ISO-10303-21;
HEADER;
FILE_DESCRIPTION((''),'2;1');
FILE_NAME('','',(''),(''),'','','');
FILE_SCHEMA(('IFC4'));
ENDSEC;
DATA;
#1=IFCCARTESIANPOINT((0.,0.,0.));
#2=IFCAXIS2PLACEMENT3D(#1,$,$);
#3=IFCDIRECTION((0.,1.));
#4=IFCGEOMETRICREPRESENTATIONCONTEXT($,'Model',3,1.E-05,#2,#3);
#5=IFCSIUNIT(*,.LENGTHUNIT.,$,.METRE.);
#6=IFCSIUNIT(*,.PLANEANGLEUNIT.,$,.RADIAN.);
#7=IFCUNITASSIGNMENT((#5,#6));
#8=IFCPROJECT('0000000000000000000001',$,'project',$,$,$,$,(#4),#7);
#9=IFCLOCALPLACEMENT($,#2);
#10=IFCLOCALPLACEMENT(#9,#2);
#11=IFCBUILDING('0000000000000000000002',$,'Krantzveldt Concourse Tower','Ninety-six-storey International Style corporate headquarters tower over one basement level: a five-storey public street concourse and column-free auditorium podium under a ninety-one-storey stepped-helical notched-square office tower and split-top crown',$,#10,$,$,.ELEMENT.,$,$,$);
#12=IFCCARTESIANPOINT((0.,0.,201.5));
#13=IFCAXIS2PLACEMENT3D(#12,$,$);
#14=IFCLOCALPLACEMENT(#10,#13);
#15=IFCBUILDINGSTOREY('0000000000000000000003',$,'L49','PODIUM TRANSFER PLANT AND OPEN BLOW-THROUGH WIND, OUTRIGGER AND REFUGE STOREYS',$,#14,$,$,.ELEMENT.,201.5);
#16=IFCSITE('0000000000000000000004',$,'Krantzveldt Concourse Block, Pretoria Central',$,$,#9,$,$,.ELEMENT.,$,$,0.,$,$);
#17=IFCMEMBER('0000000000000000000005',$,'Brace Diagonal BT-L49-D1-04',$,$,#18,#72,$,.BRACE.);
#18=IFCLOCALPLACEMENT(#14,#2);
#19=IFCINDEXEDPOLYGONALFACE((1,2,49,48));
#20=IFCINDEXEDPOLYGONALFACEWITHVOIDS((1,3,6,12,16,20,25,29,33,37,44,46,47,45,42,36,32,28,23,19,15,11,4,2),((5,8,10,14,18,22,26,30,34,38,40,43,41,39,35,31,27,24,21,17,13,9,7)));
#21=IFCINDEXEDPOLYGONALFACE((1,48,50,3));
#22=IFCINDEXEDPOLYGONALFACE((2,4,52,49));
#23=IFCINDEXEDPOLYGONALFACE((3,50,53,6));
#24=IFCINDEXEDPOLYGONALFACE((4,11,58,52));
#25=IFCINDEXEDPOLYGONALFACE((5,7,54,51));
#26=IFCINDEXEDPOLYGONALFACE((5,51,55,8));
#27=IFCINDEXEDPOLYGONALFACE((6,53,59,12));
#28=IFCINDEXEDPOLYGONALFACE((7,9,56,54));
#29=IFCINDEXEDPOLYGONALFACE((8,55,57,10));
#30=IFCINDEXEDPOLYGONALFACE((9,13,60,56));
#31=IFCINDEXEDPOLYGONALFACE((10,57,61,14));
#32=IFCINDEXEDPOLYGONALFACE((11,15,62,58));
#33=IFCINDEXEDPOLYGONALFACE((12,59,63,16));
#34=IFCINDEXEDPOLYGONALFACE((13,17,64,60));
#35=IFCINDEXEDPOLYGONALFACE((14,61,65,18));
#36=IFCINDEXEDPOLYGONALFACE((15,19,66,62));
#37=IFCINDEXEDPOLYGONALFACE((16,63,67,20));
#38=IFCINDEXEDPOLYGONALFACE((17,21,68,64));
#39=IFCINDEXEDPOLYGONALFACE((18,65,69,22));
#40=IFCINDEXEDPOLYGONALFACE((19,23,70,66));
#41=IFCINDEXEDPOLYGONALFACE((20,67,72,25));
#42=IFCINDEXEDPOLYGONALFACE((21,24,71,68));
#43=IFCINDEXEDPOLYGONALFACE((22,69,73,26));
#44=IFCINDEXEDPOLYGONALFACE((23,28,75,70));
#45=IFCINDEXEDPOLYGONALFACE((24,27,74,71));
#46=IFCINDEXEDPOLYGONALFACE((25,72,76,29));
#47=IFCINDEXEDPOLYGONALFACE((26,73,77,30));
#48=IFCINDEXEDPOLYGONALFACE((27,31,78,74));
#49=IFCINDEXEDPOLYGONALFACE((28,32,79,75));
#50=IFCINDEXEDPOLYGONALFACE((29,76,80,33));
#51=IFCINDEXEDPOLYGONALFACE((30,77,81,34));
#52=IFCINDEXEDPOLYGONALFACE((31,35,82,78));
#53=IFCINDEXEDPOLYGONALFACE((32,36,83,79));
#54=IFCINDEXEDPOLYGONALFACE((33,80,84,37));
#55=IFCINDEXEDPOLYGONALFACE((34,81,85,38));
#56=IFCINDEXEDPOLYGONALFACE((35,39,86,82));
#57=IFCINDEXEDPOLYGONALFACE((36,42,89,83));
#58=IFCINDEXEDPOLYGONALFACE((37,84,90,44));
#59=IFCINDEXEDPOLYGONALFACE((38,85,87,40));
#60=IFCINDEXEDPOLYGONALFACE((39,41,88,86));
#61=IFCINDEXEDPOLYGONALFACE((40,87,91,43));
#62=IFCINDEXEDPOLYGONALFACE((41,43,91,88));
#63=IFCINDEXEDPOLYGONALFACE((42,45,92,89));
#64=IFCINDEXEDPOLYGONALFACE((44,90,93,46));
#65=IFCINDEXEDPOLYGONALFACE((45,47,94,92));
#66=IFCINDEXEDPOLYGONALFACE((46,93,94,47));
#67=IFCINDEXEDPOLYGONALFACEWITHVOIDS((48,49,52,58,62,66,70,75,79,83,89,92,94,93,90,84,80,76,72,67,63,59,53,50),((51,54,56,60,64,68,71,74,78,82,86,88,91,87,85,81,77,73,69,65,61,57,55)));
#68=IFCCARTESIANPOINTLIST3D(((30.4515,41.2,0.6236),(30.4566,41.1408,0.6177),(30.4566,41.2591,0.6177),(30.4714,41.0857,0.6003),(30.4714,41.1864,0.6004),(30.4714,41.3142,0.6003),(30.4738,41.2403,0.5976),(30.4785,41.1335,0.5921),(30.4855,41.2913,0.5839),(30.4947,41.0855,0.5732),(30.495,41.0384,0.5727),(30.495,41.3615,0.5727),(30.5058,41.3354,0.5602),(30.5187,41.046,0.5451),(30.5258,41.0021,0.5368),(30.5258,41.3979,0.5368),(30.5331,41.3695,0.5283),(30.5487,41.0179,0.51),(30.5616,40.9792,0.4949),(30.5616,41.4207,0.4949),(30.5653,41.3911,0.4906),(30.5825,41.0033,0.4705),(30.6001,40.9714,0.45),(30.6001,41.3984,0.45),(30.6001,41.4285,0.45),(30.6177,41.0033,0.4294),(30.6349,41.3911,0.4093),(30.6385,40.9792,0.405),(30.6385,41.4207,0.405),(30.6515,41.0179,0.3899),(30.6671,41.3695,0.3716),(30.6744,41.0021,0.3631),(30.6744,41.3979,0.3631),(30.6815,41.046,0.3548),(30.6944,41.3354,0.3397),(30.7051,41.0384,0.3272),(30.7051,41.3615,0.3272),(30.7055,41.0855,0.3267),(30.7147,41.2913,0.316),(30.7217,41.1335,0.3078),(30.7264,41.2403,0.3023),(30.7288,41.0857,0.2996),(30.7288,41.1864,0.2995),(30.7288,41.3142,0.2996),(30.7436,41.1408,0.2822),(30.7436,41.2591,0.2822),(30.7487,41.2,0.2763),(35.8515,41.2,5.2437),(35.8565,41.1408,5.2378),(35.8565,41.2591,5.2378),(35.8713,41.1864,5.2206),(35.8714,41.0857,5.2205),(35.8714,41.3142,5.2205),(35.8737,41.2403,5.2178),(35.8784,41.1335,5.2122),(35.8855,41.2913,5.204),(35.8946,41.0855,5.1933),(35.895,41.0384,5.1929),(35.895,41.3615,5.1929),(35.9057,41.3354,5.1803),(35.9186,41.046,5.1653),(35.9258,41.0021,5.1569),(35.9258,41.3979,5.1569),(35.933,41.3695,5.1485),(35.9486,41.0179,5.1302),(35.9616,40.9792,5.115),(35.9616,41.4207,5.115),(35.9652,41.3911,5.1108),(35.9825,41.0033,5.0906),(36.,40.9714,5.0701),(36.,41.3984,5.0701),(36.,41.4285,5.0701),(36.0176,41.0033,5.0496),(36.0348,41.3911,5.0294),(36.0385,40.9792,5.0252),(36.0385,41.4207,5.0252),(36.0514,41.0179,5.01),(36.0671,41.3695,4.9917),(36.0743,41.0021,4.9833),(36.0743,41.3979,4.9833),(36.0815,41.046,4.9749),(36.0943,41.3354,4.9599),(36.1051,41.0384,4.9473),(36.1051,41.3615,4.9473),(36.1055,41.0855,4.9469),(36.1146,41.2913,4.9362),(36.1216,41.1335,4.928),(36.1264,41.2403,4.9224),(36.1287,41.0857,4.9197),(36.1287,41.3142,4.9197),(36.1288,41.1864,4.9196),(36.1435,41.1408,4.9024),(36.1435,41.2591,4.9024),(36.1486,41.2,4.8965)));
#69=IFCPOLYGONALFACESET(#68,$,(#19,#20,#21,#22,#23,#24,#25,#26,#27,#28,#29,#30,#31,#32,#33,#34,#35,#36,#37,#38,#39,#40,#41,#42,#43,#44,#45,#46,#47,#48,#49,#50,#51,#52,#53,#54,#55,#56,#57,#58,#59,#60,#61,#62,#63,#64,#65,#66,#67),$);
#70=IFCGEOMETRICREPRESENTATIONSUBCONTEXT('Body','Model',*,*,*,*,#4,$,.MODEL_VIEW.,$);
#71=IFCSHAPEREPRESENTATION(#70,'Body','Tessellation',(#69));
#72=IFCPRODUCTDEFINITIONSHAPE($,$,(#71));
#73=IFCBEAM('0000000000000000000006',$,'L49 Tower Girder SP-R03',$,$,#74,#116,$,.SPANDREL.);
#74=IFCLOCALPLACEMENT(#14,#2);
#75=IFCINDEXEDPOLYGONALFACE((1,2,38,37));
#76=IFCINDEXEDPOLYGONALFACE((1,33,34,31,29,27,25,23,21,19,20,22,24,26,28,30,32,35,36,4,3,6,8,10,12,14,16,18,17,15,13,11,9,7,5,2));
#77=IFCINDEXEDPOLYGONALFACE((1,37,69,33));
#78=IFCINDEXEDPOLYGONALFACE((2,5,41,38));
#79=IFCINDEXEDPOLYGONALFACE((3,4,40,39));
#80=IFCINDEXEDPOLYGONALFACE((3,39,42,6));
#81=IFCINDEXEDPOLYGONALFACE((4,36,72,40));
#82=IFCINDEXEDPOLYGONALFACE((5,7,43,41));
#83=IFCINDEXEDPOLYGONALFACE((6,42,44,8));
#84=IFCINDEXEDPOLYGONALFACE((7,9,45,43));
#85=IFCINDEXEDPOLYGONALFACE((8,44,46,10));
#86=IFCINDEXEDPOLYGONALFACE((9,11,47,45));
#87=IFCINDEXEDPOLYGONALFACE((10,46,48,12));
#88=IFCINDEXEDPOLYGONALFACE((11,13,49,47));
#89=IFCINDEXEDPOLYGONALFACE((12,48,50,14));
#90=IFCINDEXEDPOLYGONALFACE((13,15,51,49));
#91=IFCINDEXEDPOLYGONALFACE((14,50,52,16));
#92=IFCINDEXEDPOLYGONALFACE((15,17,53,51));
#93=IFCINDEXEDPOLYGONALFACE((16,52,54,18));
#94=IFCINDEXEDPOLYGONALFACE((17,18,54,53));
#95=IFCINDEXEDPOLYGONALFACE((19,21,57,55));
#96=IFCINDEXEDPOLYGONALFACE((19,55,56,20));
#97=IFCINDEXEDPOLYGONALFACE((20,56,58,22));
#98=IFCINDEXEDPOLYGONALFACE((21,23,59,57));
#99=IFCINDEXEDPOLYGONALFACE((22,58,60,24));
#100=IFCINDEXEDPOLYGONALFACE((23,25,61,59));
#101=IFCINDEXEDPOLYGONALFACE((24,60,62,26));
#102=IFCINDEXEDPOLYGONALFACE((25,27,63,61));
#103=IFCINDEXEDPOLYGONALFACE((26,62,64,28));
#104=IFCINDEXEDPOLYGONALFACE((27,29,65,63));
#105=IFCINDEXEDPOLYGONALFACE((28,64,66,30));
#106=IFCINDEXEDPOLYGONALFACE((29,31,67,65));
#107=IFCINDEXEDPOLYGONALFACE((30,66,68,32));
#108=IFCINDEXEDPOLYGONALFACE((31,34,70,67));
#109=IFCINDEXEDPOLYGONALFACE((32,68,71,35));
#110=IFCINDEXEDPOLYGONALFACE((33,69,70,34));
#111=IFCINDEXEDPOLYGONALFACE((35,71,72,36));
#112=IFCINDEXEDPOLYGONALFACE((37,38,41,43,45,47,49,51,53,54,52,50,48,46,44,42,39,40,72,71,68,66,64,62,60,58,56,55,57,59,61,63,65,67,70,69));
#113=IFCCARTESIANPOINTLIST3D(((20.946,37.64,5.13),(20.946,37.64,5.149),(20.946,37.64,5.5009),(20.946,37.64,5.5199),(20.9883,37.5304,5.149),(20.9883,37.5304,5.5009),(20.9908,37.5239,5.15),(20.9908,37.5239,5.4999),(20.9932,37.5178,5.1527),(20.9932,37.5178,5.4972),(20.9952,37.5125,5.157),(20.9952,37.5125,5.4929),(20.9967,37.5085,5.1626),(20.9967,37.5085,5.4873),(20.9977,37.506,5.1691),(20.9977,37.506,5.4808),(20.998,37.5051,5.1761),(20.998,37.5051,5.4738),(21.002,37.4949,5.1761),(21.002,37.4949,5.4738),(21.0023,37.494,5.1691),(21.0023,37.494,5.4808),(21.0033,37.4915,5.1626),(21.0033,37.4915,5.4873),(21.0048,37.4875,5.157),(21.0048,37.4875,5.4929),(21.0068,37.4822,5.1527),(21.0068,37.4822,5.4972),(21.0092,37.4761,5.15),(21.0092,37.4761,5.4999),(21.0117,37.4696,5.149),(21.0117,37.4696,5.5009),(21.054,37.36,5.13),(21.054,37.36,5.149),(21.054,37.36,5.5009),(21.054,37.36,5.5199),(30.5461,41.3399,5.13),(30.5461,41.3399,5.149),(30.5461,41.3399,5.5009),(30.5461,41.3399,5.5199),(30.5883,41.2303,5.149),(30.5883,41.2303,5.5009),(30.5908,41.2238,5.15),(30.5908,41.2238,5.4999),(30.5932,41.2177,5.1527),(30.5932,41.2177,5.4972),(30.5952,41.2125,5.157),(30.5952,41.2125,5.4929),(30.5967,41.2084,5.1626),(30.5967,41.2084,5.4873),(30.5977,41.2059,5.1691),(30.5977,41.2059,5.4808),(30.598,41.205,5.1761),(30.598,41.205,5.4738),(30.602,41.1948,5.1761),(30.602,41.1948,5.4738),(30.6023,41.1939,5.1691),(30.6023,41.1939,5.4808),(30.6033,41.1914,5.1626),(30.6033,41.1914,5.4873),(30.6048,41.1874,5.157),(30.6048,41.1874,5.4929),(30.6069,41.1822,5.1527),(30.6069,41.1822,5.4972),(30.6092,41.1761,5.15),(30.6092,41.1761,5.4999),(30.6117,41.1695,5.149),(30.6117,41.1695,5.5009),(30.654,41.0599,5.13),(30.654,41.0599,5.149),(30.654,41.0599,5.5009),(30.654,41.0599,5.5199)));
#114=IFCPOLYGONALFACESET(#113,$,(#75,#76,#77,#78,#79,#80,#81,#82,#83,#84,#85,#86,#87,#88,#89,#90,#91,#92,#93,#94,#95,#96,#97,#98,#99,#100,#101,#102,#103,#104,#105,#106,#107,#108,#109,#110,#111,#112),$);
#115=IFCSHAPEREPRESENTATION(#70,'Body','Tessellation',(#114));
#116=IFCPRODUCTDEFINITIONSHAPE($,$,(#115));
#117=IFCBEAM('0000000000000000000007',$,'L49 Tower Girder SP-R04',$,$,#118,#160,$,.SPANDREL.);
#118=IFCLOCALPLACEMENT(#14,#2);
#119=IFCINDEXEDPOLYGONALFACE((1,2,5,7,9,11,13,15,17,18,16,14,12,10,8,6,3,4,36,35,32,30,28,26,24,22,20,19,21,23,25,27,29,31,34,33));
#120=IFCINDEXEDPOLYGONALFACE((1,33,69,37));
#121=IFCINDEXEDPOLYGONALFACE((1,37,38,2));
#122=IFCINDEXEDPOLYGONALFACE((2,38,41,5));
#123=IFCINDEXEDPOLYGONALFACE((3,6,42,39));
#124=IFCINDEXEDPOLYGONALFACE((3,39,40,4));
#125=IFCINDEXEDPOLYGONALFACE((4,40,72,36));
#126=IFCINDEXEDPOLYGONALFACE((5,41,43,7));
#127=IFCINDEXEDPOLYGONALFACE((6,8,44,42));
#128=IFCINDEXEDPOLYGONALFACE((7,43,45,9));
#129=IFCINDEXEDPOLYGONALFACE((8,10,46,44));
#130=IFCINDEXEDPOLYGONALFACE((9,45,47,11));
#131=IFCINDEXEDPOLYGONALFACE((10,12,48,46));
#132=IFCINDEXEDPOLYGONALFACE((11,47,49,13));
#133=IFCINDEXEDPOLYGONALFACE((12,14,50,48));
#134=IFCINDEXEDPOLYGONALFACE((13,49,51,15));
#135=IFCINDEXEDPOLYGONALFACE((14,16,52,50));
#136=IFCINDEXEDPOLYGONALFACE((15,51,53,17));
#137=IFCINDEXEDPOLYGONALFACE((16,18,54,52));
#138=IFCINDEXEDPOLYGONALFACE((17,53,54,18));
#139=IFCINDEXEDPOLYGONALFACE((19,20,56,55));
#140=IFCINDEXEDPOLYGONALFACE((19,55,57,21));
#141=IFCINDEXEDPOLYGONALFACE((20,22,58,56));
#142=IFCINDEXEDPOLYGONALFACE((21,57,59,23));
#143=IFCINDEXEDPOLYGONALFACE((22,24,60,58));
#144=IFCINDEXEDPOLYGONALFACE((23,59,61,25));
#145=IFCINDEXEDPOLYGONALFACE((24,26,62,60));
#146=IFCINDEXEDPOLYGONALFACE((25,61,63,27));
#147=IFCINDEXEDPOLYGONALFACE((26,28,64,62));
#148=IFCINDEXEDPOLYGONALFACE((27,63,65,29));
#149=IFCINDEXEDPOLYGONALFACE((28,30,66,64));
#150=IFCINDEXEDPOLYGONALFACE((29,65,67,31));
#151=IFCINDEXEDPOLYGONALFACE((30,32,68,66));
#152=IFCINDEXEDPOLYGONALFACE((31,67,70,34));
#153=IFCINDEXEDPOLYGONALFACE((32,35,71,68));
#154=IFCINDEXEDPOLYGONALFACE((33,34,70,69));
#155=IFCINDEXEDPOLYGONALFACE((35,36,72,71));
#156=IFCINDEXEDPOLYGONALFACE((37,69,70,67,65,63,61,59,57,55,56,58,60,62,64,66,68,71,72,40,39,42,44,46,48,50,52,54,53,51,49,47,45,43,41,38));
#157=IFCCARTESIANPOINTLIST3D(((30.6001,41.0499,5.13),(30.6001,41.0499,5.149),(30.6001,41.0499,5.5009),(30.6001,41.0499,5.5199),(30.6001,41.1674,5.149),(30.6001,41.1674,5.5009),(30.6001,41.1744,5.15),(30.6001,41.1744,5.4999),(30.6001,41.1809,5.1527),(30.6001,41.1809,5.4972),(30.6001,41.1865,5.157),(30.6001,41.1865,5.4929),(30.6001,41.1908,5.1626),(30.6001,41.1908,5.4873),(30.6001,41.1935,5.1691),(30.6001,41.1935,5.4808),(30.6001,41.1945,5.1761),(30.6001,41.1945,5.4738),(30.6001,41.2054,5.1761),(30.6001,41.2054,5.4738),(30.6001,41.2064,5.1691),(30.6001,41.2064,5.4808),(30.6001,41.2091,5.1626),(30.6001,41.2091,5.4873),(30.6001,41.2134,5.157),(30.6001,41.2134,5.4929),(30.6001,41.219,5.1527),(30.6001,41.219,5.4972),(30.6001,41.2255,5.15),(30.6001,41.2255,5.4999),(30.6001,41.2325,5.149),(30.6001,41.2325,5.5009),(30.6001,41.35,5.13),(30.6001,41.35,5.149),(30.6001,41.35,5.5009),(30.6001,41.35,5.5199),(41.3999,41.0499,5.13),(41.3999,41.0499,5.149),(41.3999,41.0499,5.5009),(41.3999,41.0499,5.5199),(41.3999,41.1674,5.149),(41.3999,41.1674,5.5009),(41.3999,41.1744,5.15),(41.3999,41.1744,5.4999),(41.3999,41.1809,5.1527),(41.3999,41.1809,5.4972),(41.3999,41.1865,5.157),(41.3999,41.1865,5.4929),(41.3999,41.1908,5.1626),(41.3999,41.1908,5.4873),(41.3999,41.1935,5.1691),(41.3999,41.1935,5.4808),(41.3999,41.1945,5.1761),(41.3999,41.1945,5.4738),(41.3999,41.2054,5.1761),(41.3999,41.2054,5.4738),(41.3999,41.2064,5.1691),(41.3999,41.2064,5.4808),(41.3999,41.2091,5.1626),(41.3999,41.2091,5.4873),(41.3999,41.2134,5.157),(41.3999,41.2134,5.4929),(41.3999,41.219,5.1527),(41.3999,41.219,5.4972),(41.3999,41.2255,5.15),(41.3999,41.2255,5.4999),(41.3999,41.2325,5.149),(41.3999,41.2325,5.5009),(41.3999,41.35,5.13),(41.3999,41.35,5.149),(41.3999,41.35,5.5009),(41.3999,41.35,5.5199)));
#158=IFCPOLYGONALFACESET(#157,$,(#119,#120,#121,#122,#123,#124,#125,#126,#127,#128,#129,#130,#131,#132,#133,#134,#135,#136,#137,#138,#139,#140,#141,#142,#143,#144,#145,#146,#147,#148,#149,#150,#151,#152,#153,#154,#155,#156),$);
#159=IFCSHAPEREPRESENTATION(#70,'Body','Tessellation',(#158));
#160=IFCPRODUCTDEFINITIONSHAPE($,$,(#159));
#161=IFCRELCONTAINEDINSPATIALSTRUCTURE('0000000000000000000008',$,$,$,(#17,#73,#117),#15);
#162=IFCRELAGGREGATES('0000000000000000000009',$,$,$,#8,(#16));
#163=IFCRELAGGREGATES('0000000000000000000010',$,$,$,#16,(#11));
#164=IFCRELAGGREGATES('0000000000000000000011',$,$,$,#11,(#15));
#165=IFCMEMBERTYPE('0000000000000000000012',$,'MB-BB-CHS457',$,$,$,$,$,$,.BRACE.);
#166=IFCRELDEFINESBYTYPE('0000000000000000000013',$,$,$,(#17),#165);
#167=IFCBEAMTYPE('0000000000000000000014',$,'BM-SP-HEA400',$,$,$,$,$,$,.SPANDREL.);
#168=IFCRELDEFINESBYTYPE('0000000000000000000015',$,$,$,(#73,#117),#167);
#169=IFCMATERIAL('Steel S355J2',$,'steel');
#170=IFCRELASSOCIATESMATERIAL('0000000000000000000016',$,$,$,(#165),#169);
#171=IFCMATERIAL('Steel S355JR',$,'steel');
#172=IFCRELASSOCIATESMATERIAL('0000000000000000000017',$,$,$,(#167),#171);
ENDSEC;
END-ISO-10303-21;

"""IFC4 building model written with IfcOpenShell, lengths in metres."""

from ifc_helpers import new_model, si_unit, direction, frame, origin, origin_2d, place, context, subcontext, project, spatial, hollow_circle, i_section, extrude, source, transform, mapped, material, material_profile, profile_set, type_object, type_shapes, element, save


model = new_model("IFC4")

# Units and contexts
model_context = context("Model", 3, precision=1e-05, world=origin(), true_north=direction((0.0, 1.0)))
body_context = subcontext(model_context, "Body", "Model", "MODEL_VIEW")
ifc_project = project(units=[si_unit("LENGTHUNIT", "METRE"), si_unit("PLANEANGLEUNIT", "RADIAN")], contexts=[model_context])

# Site, building, storey
site_placement = place(None, origin())
site = spatial("IfcSite", under=ifc_project, at=site_placement, Name="Krantzveldt Concourse Block, Pretoria Central", CompositionType="ELEMENT", RefElevation=0.0)
building_placement = place(site_placement, origin())
building = spatial("IfcBuilding", under=site, at=building_placement, Name="Krantzveldt Concourse Tower", Description="Ninety-six-storey International Style corporate headquarters tower over one basement level: a five-storey public street concourse and column-free auditorium podium under a ninety-one-storey stepped-helical notched-square office tower and split-top crown", CompositionType="ELEMENT")
storey_placement = place(building_placement, frame((0.0, 0.0, 201.5)))
storey = spatial("IfcBuildingStorey", under=building, at=storey_placement, Name="L49", Description="PODIUM TRANSFER PLANT AND OPEN BLOW-THROUGH WIND, OUTRIGGER AND REFUGE STOREYS", CompositionType="ELEMENT", Elevation=201.5)

# Shared definitions
ifc_material_1 = material(Name="Steel S355JR", Category="steel")

# Member
ifc_material_2 = material(Name="Steel S355J2", Category="steel")
ifc_material_profile_1 = material_profile(ifc_material_2, hollow_circle(Radius=0.2285, WallThickness=0.03, at=origin_2d()), Name="Steel S355J2", Category="steel")
ifc_profile_set_1 = profile_set([ifc_material_profile_1], Name="Steel S355J2 - CHS 457x30")
member_type_1 = type_object("IfcMemberType", Name="MB-BB-CHS457", PredefinedType="BRACE", material=ifc_profile_set_1)
shared_shape_1 = source(origin(), body_context, "Body", "SweptSolid", [
    extrude(hollow_circle(Radius=0.2285, WallThickness=0.03, at=origin_2d()), origin(), (0.0, 0.0, 1.0), 7.1067),
])
member_1_placement = place(storey_placement, frame((30.6001, 41.2, 0.45), z_axis=(0.759838, 0.0, 0.650112), x_axis=(0.0, 1.0, 0.0)))
element("IfcMember", 1, at=member_1_placement, inside=storey, type_object=member_type_1, Name="Brace Diagonal BT-L49-D1-04", PredefinedType="BRACE", context=body_context, shape_type="MappedRepresentation", body=[
    mapped(shared_shape_1, transform((0.0, 0.0, 0.0), x_axis=(1.0, 0.0, 0.0), y_axis=(0.0, 1.0, 0.0), z_axis=(0.0, 0.0, 1.0), scale=1.0)),
])

# Beams
ifc_material_profile_2 = material_profile(ifc_material_1, i_section(OverallWidth=0.3, OverallDepth=0.3899, WebThickness=0.011, FlangeThickness=0.019, FilletRadius=0.0271, at=origin_2d()), Name="Steel S355JR", Category="steel")
ifc_profile_set_2 = profile_set([ifc_material_profile_2], Name="Steel S355JR - HEA 400")
beam_type_1 = type_object("IfcBeamType", Name="BM-SP-HEA400", PredefinedType="SPANDREL", material=ifc_profile_set_2)
shared_shape_2 = source(origin(), body_context, "Body", "SweptSolid", [
    extrude(i_section(OverallWidth=0.3, OverallDepth=0.3899, WebThickness=0.011, FlangeThickness=0.019, FilletRadius=0.0271, at=origin_2d()), origin(), (0.0, 0.0, 1.0), 10.2883),
])
beam_1_placement = place(storey_placement, frame((21.0, 37.5, 5.325), z_axis=(0.933098, 0.359623, 0.0), x_axis=(-0.359623, 0.933098, 0.0)))
element("IfcBeam", 2, at=beam_1_placement, inside=storey, type_object=beam_type_1, Name="L49 Tower Girder SP-R03", PredefinedType="SPANDREL", context=body_context, shape_type="MappedRepresentation", body=[
    mapped(shared_shape_2, transform((0.0, 0.0, 0.0), x_axis=(1.0, 0.0, 0.0), y_axis=(0.0, 1.0, 0.0), z_axis=(0.0, 0.0, 1.0), scale=1.0)),
])
shared_shape_3 = source(origin(), body_context, "Body", "SweptSolid", [
    extrude(i_section(OverallWidth=0.3, OverallDepth=0.3899, WebThickness=0.011, FlangeThickness=0.019, FilletRadius=0.0271, at=origin_2d()), origin(), (0.0, 0.0, 1.0), 10.7998),
])
type_shapes(beam_type_1, [shared_shape_2, shared_shape_3])
beam_2_placement = place(storey_placement, frame((30.6001, 41.2, 5.325), z_axis=(1.0, 0.0, 0.0), x_axis=(0.0, 1.0, 0.0)))
element("IfcBeam", 3, at=beam_2_placement, inside=storey, type_object=beam_type_1, Name="L49 Tower Girder SP-R04", PredefinedType="SPANDREL", context=body_context, shape_type="MappedRepresentation", body=[
    mapped(shared_shape_3, transform((0.0, 0.0, 0.0), x_axis=(1.0, 0.0, 0.0), y_axis=(0.0, 1.0, 0.0), z_axis=(0.0, 0.0, 1.0), scale=1.0)),
])

save(model, "model.ifc")
